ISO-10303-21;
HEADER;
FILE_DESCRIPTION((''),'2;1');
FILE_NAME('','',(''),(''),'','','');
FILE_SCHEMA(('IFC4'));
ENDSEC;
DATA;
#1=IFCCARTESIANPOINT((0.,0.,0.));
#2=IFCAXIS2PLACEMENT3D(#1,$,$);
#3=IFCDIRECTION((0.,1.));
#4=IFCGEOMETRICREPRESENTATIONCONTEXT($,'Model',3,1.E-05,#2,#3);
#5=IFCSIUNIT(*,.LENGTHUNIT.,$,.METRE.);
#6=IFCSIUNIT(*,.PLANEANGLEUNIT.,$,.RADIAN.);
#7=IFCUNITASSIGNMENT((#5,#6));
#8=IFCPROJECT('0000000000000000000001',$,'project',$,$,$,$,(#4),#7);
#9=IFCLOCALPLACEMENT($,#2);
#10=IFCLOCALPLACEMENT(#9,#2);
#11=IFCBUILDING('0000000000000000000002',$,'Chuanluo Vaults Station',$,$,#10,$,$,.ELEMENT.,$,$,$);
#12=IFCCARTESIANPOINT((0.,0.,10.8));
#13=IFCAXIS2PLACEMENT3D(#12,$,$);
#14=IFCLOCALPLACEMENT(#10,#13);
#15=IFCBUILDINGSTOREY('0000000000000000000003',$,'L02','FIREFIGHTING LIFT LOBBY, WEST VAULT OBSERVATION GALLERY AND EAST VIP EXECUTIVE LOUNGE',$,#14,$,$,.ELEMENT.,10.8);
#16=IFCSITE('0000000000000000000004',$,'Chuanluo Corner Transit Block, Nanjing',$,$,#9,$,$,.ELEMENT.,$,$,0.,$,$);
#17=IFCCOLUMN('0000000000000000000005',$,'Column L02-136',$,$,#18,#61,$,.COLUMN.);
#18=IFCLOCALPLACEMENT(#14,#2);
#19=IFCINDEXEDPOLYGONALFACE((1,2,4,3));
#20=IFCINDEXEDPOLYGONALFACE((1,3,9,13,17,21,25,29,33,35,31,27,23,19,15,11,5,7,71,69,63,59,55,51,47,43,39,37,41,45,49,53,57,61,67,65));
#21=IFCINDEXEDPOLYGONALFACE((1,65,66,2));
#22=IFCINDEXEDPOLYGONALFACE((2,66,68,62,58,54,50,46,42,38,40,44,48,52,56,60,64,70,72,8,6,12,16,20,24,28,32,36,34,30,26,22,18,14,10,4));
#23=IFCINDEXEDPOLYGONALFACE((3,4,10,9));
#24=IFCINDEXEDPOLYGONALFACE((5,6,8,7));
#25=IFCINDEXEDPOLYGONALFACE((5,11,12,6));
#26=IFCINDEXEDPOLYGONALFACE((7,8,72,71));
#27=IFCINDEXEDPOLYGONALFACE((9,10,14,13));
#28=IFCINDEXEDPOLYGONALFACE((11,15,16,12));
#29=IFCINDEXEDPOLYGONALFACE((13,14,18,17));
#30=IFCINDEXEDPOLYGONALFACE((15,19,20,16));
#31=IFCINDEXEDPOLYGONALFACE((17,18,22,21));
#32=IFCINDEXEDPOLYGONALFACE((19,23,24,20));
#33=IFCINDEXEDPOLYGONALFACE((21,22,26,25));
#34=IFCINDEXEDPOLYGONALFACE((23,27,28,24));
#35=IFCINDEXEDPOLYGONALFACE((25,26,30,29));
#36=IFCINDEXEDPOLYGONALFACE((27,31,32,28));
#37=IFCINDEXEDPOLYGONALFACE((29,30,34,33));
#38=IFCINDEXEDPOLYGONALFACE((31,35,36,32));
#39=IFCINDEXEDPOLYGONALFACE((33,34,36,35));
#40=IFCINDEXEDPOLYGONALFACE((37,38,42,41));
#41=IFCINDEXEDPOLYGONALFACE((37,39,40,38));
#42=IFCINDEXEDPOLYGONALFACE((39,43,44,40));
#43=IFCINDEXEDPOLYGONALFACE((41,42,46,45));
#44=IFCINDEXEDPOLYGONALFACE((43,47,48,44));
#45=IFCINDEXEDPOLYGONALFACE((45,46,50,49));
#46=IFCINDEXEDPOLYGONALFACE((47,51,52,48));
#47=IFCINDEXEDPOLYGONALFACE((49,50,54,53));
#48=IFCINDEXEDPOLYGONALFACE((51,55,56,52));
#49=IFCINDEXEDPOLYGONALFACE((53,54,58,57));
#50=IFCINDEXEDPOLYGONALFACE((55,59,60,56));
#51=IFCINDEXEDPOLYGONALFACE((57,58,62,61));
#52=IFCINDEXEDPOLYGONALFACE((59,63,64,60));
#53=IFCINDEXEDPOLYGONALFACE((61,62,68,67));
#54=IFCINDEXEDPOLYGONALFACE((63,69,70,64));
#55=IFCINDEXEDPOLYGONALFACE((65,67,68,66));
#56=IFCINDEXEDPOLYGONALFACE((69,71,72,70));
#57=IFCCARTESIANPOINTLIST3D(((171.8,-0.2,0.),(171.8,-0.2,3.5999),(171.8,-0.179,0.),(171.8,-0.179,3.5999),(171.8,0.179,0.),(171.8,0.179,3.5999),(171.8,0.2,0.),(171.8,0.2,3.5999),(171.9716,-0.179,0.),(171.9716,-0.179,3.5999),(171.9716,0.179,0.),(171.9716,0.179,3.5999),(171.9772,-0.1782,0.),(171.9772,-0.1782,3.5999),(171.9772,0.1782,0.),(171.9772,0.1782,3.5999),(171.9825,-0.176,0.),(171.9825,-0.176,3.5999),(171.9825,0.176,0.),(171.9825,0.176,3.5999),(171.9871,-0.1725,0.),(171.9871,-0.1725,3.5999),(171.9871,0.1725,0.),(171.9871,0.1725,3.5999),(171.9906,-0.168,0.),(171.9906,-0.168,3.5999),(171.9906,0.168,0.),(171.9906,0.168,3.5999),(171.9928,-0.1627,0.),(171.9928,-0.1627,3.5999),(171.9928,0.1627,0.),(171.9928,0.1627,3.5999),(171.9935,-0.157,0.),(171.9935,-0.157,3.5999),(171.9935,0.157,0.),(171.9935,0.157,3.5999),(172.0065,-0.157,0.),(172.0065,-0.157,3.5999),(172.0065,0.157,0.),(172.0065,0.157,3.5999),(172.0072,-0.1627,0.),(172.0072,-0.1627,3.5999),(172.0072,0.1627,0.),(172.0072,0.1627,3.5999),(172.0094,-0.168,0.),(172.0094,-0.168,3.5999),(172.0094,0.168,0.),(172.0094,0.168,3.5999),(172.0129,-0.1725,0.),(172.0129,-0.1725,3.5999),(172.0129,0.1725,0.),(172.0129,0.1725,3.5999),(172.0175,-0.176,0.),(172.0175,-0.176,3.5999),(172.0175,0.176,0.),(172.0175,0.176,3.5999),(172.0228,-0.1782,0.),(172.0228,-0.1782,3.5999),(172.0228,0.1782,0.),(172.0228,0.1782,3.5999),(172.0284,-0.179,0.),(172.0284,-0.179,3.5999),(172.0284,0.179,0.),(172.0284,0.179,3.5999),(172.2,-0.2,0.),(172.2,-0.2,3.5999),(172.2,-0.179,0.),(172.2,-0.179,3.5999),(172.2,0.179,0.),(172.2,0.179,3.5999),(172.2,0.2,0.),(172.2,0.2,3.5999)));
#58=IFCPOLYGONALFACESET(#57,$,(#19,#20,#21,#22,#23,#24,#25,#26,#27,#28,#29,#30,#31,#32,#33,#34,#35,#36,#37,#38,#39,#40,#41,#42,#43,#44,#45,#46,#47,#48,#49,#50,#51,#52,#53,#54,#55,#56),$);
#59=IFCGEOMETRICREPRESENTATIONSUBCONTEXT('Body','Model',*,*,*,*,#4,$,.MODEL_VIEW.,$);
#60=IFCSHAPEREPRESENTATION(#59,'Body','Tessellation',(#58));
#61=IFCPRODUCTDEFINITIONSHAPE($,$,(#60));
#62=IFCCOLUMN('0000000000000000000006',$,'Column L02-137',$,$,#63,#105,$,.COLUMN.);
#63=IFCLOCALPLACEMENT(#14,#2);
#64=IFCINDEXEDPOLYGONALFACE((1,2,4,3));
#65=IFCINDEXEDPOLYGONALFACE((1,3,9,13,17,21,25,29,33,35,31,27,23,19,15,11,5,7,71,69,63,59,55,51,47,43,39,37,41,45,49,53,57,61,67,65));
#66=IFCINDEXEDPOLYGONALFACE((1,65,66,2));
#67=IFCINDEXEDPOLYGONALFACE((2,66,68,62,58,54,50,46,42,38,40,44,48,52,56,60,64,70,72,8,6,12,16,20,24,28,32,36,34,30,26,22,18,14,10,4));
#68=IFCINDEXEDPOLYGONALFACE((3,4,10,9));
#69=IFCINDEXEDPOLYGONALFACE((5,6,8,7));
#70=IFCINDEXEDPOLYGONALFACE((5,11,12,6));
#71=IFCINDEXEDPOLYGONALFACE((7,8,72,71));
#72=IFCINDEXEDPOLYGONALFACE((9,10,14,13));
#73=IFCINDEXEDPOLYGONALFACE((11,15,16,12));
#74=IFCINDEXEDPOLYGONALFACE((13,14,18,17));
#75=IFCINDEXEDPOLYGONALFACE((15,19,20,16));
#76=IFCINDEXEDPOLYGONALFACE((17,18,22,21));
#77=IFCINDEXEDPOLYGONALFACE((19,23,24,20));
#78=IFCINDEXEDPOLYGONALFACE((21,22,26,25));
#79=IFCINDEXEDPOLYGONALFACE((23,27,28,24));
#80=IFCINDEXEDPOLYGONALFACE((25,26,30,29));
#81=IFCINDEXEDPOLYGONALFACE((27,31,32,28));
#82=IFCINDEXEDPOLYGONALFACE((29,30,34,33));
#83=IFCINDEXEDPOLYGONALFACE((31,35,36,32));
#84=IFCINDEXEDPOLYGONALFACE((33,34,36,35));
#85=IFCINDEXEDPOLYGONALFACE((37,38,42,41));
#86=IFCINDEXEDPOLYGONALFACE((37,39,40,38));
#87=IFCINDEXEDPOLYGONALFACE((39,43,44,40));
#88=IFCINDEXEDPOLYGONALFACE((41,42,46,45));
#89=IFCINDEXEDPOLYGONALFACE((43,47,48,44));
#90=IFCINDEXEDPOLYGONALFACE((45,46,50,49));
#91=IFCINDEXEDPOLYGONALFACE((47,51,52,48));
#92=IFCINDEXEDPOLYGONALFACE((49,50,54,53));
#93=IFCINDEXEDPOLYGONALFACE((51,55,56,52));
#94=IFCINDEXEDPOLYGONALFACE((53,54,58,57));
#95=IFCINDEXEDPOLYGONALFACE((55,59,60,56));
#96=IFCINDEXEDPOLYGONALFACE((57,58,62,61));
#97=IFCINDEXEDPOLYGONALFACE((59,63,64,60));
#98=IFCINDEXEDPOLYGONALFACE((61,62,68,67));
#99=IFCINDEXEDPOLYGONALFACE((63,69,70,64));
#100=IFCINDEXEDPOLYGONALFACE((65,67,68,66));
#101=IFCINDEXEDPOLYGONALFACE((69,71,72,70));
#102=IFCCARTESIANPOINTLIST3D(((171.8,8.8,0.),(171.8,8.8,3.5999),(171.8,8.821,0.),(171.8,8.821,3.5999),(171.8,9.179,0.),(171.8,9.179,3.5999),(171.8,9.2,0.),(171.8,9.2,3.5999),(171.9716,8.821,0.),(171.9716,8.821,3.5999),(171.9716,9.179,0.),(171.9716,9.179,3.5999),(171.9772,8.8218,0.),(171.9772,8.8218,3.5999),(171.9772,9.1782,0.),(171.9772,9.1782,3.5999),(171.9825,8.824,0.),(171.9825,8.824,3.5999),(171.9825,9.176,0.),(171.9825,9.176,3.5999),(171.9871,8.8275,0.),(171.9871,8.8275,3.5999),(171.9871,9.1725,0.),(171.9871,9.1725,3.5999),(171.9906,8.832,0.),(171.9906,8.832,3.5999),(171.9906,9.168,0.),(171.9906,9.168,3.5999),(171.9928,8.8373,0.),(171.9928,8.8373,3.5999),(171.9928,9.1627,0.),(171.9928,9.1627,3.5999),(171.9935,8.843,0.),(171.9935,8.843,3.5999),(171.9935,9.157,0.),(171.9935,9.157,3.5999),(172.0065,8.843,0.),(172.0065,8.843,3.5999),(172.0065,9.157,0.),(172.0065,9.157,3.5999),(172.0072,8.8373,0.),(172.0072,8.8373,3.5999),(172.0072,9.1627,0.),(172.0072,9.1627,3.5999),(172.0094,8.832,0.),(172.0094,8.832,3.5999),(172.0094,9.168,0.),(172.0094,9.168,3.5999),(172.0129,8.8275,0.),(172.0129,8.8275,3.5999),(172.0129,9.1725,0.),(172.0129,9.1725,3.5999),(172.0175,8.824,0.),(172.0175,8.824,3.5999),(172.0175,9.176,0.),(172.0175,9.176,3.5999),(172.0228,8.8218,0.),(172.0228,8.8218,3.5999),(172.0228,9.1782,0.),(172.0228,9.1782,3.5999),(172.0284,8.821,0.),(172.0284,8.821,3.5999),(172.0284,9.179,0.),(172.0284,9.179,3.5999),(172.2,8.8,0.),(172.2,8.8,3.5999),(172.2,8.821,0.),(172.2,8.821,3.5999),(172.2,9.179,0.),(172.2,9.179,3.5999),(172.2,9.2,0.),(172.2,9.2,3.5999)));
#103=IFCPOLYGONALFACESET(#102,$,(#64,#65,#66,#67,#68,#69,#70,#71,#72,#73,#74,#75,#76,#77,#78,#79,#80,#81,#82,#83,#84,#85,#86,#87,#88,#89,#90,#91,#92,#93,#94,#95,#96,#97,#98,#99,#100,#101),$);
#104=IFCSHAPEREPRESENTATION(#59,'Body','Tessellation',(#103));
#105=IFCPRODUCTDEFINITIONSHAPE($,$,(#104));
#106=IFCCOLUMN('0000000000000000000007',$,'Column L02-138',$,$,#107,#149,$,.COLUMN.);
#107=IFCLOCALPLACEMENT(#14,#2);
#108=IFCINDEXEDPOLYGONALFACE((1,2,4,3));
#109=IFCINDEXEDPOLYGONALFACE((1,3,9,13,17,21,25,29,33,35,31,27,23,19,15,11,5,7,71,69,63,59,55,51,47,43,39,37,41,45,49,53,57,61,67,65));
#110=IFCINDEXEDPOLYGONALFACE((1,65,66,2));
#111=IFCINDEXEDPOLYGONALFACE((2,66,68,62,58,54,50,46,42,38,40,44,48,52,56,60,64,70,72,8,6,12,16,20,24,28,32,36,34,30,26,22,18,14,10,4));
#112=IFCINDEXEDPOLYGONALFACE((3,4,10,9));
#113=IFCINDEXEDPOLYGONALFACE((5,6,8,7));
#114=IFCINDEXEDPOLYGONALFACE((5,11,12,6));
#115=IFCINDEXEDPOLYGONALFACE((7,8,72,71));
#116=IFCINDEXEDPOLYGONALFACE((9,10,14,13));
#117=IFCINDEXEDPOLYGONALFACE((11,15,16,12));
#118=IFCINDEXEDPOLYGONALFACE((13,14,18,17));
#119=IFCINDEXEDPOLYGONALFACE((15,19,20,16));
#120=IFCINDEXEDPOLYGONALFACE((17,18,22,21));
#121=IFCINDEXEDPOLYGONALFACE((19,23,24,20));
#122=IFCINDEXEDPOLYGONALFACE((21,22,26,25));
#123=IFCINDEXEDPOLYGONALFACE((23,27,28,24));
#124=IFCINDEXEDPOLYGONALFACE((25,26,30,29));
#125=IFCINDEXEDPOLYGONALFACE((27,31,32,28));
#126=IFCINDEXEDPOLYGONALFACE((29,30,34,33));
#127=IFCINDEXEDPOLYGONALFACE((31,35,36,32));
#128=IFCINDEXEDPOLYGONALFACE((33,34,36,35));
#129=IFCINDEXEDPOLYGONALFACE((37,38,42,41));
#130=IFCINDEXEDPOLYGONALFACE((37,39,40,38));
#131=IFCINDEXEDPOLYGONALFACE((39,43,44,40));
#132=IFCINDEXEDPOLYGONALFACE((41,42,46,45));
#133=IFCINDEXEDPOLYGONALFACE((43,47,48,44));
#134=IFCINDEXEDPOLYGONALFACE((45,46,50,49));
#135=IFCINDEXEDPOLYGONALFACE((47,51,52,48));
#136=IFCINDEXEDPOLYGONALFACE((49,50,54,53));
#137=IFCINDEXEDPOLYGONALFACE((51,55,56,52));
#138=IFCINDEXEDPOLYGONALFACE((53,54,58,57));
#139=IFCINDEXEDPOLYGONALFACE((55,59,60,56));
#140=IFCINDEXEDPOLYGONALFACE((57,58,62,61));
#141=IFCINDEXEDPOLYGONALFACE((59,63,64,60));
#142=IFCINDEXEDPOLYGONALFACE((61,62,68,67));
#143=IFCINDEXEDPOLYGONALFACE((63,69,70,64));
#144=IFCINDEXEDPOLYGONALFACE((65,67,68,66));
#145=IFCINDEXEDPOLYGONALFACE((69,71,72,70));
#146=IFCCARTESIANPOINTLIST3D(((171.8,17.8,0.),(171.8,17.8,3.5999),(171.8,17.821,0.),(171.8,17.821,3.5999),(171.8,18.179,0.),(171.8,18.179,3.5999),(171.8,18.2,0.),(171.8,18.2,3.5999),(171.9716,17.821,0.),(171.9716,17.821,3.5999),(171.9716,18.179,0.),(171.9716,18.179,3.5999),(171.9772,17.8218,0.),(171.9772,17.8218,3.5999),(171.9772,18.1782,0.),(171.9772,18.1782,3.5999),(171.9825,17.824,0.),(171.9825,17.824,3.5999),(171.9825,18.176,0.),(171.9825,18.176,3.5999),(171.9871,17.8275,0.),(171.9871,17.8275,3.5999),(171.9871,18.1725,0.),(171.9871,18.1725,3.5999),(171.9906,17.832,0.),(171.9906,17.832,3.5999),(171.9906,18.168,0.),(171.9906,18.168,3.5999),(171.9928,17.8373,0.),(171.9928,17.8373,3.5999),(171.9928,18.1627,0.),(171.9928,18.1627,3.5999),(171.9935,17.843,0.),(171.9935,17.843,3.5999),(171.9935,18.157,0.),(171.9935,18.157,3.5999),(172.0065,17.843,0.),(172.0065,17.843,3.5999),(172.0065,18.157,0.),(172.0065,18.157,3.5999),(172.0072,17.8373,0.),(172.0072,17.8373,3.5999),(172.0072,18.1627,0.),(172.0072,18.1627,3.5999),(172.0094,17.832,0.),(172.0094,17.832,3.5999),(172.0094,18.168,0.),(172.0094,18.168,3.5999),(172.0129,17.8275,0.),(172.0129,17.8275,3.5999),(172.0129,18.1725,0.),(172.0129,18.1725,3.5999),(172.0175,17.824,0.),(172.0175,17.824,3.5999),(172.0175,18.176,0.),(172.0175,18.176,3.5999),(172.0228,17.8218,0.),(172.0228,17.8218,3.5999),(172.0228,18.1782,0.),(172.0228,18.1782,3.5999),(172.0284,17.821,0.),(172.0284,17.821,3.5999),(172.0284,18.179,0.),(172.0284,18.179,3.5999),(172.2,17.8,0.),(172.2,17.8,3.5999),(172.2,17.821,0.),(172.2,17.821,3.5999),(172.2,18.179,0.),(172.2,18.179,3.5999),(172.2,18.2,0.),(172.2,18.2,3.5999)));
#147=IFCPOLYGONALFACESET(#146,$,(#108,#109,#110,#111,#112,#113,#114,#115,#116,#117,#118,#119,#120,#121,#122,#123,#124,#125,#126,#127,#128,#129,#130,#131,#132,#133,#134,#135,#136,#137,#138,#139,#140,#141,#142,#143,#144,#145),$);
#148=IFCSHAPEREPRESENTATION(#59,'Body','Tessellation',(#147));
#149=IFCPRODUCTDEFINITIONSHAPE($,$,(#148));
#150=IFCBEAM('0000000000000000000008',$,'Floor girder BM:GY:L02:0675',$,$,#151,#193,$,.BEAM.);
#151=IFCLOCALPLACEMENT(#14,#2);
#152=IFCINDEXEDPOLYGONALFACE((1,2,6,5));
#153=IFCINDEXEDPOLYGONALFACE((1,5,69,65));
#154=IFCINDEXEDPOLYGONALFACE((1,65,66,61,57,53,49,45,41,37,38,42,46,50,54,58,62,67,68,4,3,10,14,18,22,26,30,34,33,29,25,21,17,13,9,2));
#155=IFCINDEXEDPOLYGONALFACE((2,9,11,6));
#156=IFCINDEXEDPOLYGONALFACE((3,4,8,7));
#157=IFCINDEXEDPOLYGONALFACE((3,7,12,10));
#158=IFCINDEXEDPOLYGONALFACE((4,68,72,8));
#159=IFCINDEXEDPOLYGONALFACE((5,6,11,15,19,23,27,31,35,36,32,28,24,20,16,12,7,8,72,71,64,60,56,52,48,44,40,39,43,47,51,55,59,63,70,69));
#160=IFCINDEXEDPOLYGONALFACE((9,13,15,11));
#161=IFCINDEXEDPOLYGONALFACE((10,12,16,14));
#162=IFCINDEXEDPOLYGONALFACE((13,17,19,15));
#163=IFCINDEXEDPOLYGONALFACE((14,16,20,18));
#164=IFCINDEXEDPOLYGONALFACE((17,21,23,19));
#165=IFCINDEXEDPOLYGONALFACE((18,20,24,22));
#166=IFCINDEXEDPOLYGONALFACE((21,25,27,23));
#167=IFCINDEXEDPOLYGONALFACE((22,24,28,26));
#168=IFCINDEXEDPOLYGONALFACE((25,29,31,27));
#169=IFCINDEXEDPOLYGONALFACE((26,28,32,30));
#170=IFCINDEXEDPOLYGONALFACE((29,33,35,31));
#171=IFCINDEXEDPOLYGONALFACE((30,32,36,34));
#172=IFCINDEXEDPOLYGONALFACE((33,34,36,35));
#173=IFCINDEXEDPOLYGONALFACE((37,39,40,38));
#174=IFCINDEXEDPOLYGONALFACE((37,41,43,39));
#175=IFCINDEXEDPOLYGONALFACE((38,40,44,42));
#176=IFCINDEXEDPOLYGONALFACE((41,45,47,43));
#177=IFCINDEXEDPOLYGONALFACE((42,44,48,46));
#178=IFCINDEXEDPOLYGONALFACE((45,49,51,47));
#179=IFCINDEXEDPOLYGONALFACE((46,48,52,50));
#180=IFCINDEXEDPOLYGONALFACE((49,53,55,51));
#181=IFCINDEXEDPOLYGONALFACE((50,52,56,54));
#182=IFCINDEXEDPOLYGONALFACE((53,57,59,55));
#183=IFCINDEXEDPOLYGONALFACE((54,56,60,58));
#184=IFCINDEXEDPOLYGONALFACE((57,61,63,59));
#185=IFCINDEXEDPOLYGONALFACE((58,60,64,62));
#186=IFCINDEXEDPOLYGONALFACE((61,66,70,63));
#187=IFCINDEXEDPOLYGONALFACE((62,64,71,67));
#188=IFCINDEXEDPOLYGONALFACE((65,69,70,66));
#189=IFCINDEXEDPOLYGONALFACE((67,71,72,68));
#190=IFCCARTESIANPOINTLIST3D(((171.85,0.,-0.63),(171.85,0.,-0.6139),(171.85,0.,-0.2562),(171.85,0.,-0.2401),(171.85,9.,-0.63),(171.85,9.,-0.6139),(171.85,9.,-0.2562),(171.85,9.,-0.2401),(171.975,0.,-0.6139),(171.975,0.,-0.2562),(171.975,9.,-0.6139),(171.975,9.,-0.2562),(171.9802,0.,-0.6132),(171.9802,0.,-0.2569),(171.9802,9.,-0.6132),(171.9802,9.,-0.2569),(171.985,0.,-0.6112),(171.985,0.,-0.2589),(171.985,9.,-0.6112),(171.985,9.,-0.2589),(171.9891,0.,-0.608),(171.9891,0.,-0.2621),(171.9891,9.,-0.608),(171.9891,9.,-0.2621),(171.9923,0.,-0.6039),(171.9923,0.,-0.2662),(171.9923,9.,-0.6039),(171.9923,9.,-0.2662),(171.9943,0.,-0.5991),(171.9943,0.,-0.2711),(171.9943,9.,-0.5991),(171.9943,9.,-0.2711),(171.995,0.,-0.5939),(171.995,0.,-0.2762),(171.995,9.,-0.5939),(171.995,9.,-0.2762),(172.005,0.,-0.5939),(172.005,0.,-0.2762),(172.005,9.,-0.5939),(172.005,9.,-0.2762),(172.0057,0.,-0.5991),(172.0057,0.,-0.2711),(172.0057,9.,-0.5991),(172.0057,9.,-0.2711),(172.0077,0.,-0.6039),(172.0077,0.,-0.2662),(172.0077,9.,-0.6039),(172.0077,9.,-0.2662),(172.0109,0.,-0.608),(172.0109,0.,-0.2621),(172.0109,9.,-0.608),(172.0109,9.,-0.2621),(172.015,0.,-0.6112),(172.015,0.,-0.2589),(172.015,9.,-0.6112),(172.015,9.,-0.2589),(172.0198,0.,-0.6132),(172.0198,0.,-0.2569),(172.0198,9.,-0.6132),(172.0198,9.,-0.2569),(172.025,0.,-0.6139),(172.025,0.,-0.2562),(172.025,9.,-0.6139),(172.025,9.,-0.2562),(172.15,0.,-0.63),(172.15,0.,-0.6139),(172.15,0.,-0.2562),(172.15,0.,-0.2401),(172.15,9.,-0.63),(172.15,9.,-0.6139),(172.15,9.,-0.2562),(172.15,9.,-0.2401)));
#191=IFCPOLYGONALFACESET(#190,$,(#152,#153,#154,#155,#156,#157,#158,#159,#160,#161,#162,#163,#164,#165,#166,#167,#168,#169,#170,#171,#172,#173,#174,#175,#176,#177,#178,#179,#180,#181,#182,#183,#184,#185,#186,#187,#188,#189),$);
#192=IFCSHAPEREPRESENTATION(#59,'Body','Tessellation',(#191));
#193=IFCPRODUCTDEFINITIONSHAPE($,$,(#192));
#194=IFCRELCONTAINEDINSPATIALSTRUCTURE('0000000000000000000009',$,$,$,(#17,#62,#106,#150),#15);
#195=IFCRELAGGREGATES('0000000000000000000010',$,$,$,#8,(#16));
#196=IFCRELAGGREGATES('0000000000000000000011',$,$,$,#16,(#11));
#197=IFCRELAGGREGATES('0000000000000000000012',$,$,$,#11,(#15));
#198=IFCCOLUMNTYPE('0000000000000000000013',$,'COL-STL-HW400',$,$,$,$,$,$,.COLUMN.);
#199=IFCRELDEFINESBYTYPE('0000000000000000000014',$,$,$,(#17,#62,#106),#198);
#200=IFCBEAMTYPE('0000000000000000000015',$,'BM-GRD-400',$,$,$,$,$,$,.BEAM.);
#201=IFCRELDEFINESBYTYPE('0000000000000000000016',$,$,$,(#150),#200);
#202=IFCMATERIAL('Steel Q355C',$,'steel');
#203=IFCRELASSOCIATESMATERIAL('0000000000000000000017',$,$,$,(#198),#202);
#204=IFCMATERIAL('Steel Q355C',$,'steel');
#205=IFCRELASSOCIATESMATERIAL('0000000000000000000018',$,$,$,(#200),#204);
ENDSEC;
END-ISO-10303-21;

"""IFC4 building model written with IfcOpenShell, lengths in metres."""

from ifc_helpers import new_model, si_unit, direction, frame, origin, origin_2d, place, context, subcontext, project, spatial, i_section, extrude, material, material_profile, profile_set, type_object, element, save


model = new_model("IFC4")

# Units and contexts
model_context = context("Model", 3, precision=1e-05, world=origin(), true_north=direction((0.0, 1.0)))
body_context = subcontext(model_context, "Body", "Model", "MODEL_VIEW")
ifc_project = project(units=[si_unit("LENGTHUNIT", "METRE"), si_unit("PLANEANGLEUNIT", "RADIAN")], contexts=[model_context])

# Site, building, storey
site_placement = place(None, origin())
site = spatial("IfcSite", under=ifc_project, at=site_placement, Name="Chuanluo Corner Transit Block, Nanjing", CompositionType="ELEMENT", RefElevation=0.0)
building_placement = place(site_placement, origin())
building = spatial("IfcBuilding", under=site, at=building_placement, Name="Chuanluo Vaults Station", CompositionType="ELEMENT")
storey_placement = place(building_placement, frame((0.0, 0.0, 10.8)))
storey = spatial("IfcBuildingStorey", under=building, at=storey_placement, Name="L02", Description="FIREFIGHTING LIFT LOBBY, WEST VAULT OBSERVATION GALLERY AND EAST VIP EXECUTIVE LOUNGE", CompositionType="ELEMENT", Elevation=10.8)

# Columns
ifc_material_1 = material(Name="Steel Q355C", Category="steel")
ifc_material_profile_1 = material_profile(ifc_material_1, i_section(OverallWidth=0.3999, OverallDepth=0.3999, WebThickness=0.0129, FlangeThickness=0.021, FilletRadius=0.022, at=origin_2d()))
ifc_profile_set_1 = profile_set([ifc_material_profile_1], Name="Steel Q355C")
column_type = type_object("IfcColumnType", Name="COL-STL-HW400", PredefinedType="COLUMN", material=ifc_profile_set_1)
for number, where, z_axis, x_axis, name in (
    (1, (172.0, 0.0, 0.0), (0.0, 0.0, 1.0), (1.0, 0.0, 0.0), "Column L02-136"),
    (2, (172.0, 9.0, 0.0), (0.0, 0.0, 1.0), (1.0, 0.0, 0.0), "Column L02-137"),
    (3, (172.0, 18.0, 0.0), (0.0, 0.0, 1.0), (1.0, 0.0, 0.0), "Column L02-138"),
):
    element("IfcColumn", number, at=place(storey_placement, frame(where, z_axis=z_axis, x_axis=x_axis)), inside=storey, type_object=column_type, Name=name, PredefinedType="COLUMN", context=body_context, shape_type="SweptSolid", body=[
        extrude(i_section(OverallWidth=0.3999, OverallDepth=0.3999, WebThickness=0.0129, FlangeThickness=0.021, FilletRadius=0.022, at=origin_2d()), origin(), (0.0, 0.0, 1.0), 3.5999),
    ])

# Beam
ifc_material_2 = material(Name="Steel Q355C", Category="steel")
ifc_material_profile_2 = material_profile(ifc_material_2, i_section(OverallWidth=0.3, OverallDepth=0.3899, WebThickness=0.01, FlangeThickness=0.0161, FilletRadius=0.02, at=origin_2d()))
ifc_profile_set_2 = profile_set([ifc_material_profile_2], Name="Steel Q355C")
beam_type_1 = type_object("IfcBeamType", Name="BM-GRD-400", PredefinedType="BEAM", material=ifc_profile_set_2)
for number, where, z_axis, x_axis, name in (
    (4, (172.0, 0.0, -0.4351), (0.0, 1.0, 0.0), (-1.0, 0.0, 0.0), "Floor girder BM:GY:L02:0675"),
):
    element("IfcBeam", number, at=place(storey_placement, frame(where, z_axis=z_axis, x_axis=x_axis)), inside=storey, type_object=beam_type_1, Name=name, PredefinedType="BEAM", context=body_context, shape_type="SweptSolid", body=[
        extrude(i_section(OverallWidth=0.3, OverallDepth=0.3899, WebThickness=0.01, FlangeThickness=0.0161, FilletRadius=0.02, at=origin_2d()), origin(), (0.0, 0.0, 1.0), 9.0),
    ])

save(model, "model.ifc")
